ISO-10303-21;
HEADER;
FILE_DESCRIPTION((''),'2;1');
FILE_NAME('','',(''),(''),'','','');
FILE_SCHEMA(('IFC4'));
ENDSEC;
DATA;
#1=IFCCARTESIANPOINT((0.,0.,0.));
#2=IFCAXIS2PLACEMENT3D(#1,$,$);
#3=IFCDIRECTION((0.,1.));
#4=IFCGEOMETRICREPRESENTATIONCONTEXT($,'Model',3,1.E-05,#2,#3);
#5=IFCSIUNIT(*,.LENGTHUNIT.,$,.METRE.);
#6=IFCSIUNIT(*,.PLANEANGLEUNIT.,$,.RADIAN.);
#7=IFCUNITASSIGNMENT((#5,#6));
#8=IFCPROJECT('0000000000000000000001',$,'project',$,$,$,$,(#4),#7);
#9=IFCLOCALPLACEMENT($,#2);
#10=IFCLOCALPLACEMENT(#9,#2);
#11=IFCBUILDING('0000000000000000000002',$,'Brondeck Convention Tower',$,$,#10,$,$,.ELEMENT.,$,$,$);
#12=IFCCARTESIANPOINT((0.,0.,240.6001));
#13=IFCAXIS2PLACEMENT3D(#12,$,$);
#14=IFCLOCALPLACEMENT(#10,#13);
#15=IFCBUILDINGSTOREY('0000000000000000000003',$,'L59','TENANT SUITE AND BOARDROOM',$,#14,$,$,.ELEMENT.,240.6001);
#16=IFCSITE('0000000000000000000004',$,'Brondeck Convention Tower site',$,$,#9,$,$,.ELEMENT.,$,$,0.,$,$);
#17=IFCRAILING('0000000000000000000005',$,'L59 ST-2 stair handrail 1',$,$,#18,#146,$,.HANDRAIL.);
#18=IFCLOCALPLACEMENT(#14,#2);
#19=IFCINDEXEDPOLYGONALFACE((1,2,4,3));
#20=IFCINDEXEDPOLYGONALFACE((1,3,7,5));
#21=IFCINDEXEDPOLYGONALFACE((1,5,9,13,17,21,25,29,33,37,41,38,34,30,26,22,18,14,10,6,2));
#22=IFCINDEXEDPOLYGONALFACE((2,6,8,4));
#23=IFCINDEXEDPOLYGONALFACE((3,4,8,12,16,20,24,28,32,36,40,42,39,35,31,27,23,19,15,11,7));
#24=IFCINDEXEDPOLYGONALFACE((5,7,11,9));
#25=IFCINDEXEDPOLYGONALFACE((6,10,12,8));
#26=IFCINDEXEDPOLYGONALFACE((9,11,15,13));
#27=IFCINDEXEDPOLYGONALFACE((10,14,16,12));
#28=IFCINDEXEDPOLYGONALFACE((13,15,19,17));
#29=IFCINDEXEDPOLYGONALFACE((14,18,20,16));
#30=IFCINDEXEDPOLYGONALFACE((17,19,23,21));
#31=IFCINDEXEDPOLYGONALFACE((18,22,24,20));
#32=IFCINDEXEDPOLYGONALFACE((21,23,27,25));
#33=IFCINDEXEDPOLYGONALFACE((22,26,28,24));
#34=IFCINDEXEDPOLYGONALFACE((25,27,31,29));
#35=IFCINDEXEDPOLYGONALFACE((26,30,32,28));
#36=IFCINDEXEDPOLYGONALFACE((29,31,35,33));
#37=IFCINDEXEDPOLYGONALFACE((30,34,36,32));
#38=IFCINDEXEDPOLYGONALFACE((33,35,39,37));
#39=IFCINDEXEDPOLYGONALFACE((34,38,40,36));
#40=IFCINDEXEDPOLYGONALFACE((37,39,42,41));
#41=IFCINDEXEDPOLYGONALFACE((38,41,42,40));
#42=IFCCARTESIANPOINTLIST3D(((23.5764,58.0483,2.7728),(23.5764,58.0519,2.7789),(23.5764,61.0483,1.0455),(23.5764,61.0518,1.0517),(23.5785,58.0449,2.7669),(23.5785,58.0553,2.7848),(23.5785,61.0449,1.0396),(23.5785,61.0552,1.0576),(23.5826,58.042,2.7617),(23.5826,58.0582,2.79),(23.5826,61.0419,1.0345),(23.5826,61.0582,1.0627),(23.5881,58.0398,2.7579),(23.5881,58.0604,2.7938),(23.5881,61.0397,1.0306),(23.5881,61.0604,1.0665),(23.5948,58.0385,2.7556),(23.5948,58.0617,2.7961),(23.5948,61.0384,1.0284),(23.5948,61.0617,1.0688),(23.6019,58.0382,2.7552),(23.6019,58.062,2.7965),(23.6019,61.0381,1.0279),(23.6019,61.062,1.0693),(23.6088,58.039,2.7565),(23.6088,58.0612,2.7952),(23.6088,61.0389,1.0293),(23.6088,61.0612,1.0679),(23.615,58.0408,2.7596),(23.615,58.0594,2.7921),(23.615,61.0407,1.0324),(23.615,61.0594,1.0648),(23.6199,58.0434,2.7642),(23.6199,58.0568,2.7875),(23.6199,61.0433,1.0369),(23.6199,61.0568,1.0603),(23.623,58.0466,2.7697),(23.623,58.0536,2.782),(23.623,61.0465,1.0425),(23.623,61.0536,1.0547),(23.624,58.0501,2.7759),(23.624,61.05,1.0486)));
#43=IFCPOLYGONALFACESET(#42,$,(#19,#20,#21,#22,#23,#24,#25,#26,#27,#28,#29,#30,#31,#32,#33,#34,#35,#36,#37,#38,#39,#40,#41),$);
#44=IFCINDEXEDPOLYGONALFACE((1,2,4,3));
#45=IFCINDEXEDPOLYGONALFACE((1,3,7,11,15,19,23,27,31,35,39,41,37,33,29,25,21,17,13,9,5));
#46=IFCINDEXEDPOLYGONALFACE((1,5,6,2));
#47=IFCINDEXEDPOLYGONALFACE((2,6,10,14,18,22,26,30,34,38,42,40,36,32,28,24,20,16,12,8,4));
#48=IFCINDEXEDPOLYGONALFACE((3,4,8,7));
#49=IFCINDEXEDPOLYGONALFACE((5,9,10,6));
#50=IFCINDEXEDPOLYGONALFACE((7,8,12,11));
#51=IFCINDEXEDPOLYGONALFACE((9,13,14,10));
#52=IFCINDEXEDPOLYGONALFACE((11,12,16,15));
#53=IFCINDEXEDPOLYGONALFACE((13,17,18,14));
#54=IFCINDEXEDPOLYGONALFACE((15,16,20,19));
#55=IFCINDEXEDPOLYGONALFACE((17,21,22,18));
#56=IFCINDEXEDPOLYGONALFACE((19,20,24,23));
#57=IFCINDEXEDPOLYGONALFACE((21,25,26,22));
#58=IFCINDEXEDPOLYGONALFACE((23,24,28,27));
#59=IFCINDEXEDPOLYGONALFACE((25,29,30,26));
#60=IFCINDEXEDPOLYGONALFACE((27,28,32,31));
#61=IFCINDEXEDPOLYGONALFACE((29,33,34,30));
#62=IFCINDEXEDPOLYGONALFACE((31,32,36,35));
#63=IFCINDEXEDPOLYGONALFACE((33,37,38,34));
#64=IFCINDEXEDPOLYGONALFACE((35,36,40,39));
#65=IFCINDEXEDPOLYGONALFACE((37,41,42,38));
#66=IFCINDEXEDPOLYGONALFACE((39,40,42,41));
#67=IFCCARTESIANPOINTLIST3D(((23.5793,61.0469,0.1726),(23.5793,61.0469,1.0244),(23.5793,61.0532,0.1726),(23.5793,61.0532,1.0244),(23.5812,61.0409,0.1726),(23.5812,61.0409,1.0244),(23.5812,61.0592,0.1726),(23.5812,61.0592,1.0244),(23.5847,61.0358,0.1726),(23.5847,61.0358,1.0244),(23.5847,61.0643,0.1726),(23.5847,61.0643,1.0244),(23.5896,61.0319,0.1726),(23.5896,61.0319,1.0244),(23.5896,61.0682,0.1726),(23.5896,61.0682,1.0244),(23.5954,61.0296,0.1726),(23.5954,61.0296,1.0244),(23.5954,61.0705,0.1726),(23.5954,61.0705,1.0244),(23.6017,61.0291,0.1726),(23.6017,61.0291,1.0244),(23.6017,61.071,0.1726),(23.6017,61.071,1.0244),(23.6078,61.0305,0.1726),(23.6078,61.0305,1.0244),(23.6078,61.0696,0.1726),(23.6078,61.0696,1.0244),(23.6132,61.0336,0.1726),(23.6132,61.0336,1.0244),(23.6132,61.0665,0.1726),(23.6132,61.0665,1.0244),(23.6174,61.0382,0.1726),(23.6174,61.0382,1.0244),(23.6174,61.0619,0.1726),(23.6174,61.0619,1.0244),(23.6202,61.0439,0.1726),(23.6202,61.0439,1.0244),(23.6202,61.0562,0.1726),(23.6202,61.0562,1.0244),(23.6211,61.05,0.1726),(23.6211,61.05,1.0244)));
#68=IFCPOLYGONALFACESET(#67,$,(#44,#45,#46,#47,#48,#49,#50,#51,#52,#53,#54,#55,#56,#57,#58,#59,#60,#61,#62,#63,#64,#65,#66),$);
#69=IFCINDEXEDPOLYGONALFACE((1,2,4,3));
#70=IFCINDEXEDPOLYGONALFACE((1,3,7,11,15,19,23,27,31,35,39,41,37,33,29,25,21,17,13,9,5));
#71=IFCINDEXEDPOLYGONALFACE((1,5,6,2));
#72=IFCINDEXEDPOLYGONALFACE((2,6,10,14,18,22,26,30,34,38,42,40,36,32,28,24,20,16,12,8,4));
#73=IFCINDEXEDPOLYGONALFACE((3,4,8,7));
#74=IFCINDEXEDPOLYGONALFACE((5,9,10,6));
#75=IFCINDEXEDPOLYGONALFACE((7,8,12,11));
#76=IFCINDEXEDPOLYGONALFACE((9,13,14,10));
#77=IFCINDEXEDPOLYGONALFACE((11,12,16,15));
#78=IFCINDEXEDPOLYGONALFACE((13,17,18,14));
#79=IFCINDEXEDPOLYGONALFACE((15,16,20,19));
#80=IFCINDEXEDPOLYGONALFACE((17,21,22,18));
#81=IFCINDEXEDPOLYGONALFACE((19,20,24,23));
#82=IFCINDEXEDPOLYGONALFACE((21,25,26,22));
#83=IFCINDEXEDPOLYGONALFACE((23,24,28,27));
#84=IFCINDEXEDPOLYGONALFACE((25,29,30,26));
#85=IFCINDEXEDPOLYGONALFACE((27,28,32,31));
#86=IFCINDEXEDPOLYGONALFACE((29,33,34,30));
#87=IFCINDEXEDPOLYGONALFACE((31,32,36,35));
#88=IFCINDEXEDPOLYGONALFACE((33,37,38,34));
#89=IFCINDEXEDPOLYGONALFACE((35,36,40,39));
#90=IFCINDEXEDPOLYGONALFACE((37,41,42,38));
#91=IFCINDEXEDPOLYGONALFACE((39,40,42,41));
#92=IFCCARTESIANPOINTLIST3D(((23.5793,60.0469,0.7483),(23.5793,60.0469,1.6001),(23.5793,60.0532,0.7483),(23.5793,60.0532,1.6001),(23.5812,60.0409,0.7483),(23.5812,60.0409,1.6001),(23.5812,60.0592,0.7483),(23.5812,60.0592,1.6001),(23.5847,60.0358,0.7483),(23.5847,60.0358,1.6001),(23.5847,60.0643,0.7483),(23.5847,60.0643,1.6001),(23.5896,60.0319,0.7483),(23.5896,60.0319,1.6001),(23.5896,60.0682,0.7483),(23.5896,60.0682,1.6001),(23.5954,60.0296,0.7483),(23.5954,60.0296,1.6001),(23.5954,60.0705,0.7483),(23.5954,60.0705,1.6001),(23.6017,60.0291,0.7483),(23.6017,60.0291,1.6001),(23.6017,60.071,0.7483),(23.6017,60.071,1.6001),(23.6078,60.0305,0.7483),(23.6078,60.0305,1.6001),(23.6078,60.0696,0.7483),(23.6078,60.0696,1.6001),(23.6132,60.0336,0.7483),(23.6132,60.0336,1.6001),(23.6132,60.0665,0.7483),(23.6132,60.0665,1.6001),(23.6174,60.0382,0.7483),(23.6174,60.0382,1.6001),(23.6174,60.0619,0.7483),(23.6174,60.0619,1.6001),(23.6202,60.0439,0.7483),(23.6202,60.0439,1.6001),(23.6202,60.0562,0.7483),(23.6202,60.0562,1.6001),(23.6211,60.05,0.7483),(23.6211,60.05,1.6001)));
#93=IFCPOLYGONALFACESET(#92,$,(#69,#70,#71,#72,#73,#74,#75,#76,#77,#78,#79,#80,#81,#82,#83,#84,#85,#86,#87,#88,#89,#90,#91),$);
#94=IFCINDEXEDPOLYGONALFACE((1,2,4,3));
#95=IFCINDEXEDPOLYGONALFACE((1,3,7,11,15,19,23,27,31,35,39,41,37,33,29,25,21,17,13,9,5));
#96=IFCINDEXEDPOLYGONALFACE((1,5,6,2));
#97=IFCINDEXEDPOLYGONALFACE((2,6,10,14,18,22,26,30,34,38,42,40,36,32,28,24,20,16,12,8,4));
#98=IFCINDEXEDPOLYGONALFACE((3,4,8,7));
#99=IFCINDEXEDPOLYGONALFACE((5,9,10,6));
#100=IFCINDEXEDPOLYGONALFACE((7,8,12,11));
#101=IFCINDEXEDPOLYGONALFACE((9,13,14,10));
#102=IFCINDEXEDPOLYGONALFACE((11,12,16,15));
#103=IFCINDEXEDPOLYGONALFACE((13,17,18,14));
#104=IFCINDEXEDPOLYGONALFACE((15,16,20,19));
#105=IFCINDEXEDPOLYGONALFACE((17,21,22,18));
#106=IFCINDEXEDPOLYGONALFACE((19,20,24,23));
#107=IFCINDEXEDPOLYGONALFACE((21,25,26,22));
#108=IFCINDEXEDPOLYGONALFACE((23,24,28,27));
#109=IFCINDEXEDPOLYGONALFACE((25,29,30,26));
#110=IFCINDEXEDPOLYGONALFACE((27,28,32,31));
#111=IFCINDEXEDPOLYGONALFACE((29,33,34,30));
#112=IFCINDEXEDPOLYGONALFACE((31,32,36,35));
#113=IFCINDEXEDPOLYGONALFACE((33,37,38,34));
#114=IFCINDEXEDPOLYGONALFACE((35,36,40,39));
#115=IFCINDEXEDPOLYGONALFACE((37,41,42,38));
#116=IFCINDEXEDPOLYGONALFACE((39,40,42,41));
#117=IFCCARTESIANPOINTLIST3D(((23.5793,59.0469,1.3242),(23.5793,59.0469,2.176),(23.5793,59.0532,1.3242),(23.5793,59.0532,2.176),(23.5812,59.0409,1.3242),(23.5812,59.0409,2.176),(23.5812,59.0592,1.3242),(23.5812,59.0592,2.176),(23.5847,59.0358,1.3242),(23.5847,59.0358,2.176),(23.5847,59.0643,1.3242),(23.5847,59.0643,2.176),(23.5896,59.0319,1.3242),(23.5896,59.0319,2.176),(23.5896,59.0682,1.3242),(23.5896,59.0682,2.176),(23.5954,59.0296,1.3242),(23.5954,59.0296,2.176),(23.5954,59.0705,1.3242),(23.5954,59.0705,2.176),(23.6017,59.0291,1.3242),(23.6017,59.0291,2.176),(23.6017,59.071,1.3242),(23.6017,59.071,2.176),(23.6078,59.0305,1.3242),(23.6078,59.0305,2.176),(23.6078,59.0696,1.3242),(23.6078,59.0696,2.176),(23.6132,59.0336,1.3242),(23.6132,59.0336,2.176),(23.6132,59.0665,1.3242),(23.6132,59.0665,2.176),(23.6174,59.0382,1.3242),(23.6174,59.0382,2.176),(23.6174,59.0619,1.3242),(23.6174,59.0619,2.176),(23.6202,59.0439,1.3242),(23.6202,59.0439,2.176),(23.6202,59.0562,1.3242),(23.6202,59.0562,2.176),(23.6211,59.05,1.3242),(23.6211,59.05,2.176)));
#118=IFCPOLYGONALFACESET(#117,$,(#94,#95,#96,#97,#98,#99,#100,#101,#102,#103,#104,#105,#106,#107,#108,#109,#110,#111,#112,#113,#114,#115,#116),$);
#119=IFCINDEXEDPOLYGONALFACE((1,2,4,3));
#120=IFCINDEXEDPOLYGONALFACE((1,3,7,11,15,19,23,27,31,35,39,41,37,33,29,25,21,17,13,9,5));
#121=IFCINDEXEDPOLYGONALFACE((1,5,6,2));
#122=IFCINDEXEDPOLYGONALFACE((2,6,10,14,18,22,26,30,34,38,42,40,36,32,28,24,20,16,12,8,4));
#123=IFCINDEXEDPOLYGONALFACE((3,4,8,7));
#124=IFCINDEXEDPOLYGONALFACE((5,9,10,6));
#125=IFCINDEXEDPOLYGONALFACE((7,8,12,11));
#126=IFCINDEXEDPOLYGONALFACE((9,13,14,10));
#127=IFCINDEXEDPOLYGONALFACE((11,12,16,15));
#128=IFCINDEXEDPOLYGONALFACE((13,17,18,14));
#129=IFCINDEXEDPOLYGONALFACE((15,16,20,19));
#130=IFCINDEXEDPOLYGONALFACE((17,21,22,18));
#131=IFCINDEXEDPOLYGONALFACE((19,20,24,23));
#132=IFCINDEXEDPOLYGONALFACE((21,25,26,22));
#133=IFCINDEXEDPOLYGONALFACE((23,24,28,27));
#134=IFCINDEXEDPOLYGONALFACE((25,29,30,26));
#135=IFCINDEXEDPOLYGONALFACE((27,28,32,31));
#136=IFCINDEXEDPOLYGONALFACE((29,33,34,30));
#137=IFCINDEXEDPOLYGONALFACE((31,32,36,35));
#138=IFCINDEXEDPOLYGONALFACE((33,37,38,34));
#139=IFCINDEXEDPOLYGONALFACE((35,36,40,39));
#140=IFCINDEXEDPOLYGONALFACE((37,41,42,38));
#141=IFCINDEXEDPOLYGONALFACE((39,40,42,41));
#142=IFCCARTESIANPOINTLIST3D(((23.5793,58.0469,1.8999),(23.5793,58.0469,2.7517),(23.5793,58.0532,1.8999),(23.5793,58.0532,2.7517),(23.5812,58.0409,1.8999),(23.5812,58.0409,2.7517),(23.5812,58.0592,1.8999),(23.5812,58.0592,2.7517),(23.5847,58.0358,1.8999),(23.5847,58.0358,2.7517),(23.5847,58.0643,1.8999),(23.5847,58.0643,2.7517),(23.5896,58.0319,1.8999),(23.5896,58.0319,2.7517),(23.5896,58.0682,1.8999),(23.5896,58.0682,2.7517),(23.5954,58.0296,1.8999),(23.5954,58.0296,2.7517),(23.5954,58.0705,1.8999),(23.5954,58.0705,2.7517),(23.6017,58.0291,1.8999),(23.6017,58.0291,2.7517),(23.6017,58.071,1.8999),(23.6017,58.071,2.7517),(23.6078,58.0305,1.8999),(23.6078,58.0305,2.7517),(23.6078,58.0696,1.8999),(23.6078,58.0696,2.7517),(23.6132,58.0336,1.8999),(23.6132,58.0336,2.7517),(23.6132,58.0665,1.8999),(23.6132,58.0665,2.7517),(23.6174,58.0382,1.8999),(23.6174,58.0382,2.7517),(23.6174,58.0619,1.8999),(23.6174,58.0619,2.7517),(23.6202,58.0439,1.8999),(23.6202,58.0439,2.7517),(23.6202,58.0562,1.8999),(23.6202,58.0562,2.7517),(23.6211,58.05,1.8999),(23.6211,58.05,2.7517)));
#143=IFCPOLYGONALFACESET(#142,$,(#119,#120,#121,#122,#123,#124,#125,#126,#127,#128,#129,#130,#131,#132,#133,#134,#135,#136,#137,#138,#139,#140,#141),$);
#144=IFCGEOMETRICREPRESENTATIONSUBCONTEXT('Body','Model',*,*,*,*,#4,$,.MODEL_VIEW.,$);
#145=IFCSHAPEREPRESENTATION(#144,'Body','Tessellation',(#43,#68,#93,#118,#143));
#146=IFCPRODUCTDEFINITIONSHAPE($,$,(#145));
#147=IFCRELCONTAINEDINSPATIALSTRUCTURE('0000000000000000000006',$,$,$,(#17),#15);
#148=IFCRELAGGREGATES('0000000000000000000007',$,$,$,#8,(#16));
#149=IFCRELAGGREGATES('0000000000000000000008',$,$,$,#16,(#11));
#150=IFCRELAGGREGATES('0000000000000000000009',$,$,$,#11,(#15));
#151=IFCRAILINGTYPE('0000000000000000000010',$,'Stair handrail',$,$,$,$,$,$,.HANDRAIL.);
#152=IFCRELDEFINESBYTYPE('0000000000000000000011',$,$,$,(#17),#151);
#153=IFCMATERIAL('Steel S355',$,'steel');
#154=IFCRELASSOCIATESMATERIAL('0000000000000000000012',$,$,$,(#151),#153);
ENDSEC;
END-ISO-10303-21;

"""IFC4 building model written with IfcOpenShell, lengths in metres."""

from ifc_helpers import new_model, si_unit, direction, frame, origin, origin_2d, place, context, subcontext, project, spatial, circle, extrude, material, type_object, element, save


model = new_model("IFC4")

# Units and contexts
model_context = context("Model", 3, precision=1e-05, world=origin(), true_north=direction((0.0, 1.0)))
body_context = subcontext(model_context, "Body", "Model", "MODEL_VIEW")
ifc_project = project(units=[si_unit("LENGTHUNIT", "METRE"), si_unit("PLANEANGLEUNIT", "RADIAN")], contexts=[model_context])

# Site, building, storey
site_placement = place(None, origin())
site = spatial("IfcSite", under=ifc_project, at=site_placement, Name="Brondeck Convention Tower site", CompositionType="ELEMENT", RefElevation=0.0)
building_placement = place(site_placement, origin())
building = spatial("IfcBuilding", under=site, at=building_placement, Name="Brondeck Convention Tower", CompositionType="ELEMENT")
storey_placement = place(building_placement, frame((0.0, 0.0, 240.6001)))
storey = spatial("IfcBuildingStorey", under=building, at=storey_placement, Name="L59", Description="TENANT SUITE AND BOARDROOM", CompositionType="ELEMENT", Elevation=240.6001)

# Railing
ifc_material_1 = material(Name="Steel S355", Category="steel")
railing_type_1 = type_object("IfcRailingType", Name="Stair handrail", PredefinedType="HANDRAIL", material=ifc_material_1)
railing_1_placement = place(storey_placement, frame((23.6001, 61.05, 0.1726)))
element("IfcRailing", 1, at=railing_1_placement, inside=storey, type_object=railing_type_1, Name="L59 ST-2 stair handrail 1", PredefinedType="HANDRAIL", context=body_context, shape_type="SweptSolid", body=[
    extrude(circle(Radius=0.0239, at=origin_2d()), frame((0.0, 0.0, 0.876), z_axis=(0.0, -0.86662, 0.498969), x_axis=(1.0, 0.0, 0.0)), (0.0, 0.0, 1.0), 3.4617),
    extrude(circle(Radius=0.021, at=origin_2d()), origin(), (0.0, 0.0, 1.0), 0.8518),
    extrude(circle(Radius=0.021, at=origin_2d()), frame((0.0, -1.0, 0.5757)), (0.0, 0.0, 1.0), 0.8518),
    extrude(circle(Radius=0.021, at=origin_2d()), frame((0.0, -2.0, 1.1516)), (0.0, 0.0, 1.0), 0.8518),
    extrude(circle(Radius=0.021, at=origin_2d()), frame((0.0, -3.0, 1.7273)), (0.0, 0.0, 1.0), 0.8518),
])

save(model, "model.ifc")
